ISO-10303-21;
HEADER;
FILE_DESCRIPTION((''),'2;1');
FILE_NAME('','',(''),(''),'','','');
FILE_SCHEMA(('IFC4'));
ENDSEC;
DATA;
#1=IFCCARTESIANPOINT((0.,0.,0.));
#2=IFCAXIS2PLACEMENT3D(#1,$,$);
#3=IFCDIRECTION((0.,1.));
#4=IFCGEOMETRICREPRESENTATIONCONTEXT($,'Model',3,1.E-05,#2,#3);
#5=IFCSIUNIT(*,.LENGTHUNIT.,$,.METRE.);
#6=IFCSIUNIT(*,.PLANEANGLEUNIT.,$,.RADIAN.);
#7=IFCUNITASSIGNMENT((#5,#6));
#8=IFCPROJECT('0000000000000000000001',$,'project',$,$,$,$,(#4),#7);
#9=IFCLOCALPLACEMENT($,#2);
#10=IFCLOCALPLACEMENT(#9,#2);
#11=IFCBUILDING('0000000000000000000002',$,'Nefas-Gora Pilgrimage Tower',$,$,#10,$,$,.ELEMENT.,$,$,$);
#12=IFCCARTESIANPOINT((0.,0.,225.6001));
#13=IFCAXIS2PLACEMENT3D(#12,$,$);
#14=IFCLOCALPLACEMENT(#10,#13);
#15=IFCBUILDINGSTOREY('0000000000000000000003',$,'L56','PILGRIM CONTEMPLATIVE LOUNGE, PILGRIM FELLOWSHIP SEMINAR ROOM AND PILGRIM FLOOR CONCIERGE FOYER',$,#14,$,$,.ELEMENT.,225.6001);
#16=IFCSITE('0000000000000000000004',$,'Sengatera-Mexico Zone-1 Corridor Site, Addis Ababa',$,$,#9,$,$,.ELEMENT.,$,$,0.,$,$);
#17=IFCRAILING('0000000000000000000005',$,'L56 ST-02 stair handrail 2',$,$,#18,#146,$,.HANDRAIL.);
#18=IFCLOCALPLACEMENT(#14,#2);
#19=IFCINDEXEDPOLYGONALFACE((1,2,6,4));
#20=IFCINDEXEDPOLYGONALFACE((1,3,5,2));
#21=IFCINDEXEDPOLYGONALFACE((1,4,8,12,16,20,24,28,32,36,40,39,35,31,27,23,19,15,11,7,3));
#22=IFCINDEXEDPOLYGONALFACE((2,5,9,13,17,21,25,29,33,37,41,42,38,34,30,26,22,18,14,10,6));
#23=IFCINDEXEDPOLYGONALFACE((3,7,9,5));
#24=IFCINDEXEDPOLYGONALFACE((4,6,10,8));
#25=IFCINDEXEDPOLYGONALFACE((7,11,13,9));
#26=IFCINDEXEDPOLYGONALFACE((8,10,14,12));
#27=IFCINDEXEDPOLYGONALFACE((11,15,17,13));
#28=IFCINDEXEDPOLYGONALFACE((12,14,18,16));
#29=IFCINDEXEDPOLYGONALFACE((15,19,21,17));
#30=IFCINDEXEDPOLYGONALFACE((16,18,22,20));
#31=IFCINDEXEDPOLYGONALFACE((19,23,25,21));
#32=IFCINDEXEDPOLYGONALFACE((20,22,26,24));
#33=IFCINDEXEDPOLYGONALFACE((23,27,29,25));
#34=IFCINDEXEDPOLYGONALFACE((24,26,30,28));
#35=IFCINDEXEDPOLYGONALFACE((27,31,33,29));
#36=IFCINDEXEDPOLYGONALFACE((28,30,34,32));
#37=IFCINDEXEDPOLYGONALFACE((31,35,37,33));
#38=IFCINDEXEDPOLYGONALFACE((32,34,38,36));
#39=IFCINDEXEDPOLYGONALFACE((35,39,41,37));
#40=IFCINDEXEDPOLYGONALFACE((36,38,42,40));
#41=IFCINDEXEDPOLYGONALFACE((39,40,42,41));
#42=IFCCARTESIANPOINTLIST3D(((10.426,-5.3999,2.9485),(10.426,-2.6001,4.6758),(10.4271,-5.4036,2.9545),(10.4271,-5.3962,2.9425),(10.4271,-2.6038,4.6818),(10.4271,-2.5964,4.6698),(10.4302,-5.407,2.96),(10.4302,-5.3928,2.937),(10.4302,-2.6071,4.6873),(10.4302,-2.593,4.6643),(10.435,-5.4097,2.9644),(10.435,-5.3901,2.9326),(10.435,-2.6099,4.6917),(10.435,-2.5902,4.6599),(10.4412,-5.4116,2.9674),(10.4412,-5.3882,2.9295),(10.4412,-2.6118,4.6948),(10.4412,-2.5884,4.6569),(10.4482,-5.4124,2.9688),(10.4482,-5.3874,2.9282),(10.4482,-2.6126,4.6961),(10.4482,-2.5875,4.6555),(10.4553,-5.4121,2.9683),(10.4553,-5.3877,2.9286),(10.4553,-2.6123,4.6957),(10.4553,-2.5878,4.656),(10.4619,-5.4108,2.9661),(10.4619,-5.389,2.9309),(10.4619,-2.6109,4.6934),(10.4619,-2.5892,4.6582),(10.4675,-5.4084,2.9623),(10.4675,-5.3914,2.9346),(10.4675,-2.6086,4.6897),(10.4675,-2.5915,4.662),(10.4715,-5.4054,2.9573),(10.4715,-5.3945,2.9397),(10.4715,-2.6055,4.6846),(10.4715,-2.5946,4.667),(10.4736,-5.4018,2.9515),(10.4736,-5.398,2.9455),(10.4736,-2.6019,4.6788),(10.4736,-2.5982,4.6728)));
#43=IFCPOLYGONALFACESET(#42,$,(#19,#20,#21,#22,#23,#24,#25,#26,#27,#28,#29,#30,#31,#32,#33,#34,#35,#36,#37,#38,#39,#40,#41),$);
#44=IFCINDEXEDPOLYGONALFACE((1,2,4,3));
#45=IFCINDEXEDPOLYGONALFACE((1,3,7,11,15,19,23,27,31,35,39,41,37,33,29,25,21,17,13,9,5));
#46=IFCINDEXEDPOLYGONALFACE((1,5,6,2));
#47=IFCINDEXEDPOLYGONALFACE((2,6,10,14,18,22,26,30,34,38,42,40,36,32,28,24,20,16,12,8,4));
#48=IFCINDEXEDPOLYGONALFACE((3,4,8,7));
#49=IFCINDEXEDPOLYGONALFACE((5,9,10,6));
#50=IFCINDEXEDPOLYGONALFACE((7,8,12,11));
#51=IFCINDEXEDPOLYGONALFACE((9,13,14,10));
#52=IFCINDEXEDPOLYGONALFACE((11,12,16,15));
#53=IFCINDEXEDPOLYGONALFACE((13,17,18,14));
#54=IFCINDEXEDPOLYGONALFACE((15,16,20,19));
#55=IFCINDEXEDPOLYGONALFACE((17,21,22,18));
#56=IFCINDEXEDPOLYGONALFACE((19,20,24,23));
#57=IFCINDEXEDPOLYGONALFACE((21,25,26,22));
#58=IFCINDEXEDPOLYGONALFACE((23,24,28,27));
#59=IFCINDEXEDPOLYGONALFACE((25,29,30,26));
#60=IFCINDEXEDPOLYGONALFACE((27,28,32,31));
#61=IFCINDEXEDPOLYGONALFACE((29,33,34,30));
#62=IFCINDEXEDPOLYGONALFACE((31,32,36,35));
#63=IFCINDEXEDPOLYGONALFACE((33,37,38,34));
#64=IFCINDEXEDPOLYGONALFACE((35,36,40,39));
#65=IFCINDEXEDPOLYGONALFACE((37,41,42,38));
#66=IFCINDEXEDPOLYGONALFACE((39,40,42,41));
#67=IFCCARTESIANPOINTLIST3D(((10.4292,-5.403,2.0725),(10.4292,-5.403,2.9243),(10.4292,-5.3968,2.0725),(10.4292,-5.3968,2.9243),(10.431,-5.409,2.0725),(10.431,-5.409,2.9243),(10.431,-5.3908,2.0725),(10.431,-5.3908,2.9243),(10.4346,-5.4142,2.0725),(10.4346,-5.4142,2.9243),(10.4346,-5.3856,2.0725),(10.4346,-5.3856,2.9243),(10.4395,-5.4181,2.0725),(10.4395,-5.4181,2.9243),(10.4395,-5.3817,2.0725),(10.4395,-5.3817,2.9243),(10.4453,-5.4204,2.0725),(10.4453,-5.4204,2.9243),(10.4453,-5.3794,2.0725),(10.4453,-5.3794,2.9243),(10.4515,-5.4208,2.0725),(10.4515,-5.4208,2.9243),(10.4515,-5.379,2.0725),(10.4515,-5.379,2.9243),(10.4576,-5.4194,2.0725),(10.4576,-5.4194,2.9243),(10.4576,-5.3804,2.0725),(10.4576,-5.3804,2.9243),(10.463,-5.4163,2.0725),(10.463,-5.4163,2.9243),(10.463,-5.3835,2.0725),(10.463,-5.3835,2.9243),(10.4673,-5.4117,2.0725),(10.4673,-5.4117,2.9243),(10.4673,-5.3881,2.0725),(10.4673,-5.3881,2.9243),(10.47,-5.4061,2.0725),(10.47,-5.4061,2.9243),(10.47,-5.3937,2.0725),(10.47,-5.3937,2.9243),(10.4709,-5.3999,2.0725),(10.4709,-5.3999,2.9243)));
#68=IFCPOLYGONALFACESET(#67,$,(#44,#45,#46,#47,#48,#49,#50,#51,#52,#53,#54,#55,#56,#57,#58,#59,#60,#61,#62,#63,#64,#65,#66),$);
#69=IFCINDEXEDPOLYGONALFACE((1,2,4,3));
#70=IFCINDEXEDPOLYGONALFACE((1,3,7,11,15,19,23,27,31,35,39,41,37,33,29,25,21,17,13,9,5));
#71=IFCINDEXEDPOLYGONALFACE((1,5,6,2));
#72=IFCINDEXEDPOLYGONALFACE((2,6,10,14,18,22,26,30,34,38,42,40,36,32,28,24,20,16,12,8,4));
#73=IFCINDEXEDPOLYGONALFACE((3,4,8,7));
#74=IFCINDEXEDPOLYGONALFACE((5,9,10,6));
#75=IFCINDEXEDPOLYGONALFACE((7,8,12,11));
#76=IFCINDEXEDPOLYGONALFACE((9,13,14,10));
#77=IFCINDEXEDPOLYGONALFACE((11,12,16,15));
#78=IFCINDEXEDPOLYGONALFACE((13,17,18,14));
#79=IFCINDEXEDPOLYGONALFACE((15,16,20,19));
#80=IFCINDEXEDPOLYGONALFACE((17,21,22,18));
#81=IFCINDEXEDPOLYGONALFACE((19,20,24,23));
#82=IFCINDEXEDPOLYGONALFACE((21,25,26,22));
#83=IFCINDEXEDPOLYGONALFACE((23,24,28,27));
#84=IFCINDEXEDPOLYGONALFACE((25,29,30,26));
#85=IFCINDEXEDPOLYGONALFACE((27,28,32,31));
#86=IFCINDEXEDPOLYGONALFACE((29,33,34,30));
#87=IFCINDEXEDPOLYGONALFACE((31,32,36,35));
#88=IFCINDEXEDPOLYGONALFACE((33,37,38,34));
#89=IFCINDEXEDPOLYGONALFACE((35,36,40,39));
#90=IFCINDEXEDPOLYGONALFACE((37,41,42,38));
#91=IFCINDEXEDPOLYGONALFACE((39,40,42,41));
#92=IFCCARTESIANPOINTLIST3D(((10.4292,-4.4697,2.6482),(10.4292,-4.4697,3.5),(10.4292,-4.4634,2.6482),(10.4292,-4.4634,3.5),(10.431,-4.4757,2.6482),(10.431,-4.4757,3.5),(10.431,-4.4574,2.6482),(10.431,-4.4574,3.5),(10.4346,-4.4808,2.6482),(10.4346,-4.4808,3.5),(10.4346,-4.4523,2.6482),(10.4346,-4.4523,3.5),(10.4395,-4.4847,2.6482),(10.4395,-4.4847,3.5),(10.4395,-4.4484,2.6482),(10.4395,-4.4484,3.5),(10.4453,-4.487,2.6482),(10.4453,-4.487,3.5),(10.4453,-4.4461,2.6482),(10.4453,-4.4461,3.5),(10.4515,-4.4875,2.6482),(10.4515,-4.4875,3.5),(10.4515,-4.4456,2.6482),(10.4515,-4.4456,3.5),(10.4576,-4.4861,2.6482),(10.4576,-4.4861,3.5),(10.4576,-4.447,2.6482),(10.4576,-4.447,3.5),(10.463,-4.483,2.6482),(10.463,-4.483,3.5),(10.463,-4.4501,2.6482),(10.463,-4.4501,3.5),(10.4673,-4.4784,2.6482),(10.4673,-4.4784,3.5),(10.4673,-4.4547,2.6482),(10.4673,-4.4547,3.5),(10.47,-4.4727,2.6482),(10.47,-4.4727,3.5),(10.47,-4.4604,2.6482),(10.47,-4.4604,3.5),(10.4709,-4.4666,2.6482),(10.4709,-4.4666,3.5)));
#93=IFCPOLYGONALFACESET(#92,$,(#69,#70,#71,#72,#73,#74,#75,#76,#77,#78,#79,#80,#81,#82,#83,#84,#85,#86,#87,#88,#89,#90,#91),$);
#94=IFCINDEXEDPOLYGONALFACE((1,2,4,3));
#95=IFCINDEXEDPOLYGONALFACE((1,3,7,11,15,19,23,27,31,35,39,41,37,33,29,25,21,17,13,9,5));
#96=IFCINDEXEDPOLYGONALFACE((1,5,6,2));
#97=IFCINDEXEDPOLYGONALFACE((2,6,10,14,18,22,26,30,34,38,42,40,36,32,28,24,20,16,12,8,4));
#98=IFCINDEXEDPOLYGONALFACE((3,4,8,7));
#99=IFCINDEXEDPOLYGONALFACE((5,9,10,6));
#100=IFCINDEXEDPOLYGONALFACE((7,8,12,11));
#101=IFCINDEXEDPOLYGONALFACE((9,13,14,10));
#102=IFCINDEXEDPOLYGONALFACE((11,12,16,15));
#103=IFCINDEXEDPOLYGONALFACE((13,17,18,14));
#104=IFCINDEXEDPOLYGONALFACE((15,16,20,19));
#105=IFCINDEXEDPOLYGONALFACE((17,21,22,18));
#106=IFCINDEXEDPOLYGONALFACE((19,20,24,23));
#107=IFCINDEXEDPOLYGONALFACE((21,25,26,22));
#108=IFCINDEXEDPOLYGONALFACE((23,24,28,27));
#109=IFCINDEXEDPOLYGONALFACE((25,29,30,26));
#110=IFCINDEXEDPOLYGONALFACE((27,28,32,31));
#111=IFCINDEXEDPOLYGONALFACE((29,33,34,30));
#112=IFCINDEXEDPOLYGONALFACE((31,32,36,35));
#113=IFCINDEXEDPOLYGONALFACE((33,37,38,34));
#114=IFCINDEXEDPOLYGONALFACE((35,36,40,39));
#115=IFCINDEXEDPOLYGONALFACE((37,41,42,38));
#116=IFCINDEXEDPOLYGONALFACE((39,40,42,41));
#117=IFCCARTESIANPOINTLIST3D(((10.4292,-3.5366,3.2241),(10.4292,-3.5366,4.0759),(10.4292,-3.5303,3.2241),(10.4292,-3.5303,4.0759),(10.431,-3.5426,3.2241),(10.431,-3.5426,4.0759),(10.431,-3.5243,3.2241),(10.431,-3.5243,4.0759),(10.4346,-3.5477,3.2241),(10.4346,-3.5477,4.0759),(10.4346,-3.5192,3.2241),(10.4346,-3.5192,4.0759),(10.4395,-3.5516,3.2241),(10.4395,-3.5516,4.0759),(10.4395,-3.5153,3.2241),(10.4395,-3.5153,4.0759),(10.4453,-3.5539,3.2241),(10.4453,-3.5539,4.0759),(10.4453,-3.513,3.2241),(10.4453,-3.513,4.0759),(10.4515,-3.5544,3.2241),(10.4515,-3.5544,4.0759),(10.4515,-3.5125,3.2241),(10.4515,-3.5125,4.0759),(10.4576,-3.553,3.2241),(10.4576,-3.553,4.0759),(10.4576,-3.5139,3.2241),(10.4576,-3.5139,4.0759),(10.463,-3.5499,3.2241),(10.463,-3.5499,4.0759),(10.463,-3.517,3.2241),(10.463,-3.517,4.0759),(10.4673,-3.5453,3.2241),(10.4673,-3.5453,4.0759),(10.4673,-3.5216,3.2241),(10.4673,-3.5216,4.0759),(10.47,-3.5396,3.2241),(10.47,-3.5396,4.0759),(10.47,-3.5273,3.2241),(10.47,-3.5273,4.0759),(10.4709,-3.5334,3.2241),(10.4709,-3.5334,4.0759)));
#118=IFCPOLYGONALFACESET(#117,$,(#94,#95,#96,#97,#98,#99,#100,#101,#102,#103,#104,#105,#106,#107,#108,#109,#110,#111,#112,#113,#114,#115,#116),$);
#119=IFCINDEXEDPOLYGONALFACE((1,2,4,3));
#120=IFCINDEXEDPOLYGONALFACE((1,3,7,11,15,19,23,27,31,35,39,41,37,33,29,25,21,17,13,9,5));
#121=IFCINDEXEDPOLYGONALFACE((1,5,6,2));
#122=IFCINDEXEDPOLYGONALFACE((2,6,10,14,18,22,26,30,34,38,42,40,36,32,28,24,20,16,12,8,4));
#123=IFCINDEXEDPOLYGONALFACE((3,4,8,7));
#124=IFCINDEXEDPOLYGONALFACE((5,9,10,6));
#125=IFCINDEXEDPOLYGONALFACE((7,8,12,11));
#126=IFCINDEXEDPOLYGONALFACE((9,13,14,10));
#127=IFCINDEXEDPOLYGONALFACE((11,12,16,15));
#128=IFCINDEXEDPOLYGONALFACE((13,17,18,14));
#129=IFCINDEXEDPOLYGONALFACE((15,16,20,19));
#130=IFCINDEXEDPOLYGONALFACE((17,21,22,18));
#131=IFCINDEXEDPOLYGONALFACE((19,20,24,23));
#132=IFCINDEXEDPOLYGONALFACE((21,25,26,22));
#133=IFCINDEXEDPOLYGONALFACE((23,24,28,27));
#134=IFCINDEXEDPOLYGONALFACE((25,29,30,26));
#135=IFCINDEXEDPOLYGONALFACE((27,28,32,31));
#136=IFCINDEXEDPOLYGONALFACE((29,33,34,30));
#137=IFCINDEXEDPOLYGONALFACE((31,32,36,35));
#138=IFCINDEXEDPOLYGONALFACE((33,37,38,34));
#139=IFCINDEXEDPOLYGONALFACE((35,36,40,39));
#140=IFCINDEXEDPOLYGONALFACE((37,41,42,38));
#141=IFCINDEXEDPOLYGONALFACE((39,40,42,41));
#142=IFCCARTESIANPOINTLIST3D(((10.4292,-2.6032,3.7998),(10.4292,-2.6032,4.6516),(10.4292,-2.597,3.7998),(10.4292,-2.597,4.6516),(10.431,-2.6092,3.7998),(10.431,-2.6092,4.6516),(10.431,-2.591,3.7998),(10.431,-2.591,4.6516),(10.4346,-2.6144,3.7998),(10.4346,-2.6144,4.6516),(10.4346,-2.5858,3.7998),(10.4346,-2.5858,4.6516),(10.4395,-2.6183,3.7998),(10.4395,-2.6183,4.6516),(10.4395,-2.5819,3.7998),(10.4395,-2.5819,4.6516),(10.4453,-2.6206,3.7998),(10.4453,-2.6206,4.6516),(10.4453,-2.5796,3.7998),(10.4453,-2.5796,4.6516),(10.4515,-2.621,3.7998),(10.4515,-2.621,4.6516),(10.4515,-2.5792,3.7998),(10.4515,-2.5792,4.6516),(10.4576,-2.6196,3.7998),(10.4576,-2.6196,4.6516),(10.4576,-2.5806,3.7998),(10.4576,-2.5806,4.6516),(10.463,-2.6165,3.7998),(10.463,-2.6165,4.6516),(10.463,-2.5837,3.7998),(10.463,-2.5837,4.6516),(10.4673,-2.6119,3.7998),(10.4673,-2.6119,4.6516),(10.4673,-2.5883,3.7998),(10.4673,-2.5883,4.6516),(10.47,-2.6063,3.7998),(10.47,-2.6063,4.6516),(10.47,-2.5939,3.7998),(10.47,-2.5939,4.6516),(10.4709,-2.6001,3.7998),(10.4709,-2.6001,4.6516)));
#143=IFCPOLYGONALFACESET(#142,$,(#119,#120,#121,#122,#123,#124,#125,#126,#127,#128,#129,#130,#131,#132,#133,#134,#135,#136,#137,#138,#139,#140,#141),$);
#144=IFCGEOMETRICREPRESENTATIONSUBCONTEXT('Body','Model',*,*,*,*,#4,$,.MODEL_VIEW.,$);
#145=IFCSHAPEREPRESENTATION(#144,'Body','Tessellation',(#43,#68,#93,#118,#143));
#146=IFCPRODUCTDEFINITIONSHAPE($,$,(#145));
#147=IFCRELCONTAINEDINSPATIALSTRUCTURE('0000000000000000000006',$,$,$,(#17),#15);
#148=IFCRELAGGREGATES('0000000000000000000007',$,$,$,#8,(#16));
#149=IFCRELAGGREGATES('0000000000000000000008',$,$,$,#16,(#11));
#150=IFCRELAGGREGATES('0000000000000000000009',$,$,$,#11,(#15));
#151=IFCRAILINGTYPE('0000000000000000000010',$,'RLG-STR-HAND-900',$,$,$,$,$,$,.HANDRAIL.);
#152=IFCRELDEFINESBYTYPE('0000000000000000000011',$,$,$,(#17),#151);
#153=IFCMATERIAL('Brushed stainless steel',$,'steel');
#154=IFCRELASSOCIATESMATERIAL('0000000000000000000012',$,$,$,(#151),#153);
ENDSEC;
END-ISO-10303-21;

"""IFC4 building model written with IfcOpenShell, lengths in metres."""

from ifc_helpers import new_model, si_unit, direction, frame, origin, origin_2d, place, context, subcontext, project, spatial, circle, extrude, material, type_object, element, save


model = new_model("IFC4")

# Units and contexts
model_context = context("Model", 3, precision=1e-05, world=origin(), true_north=direction((0.0, 1.0)))
body_context = subcontext(model_context, "Body", "Model", "MODEL_VIEW")
ifc_project = project(units=[si_unit("LENGTHUNIT", "METRE"), si_unit("PLANEANGLEUNIT", "RADIAN")], contexts=[model_context])

# Site, building, storey
site_placement = place(None, origin())
site = spatial("IfcSite", under=ifc_project, at=site_placement, Name="Sengatera-Mexico Zone-1 Corridor Site, Addis Ababa", CompositionType="ELEMENT", RefElevation=0.0)
building_placement = place(site_placement, origin())
building = spatial("IfcBuilding", under=site, at=building_placement, Name="Nefas-Gora Pilgrimage Tower", CompositionType="ELEMENT")
storey_placement = place(building_placement, frame((0.0, 0.0, 225.6001)))
storey = spatial("IfcBuildingStorey", under=building, at=storey_placement, Name="L56", Description="PILGRIM CONTEMPLATIVE LOUNGE, PILGRIM FELLOWSHIP SEMINAR ROOM AND PILGRIM FLOOR CONCIERGE FOYER", CompositionType="ELEMENT", Elevation=225.6001)

# Railing
ifc_material_1 = material(Name="Brushed stainless steel", Category="steel")
railing_type_1 = type_object("IfcRailingType", Name="RLG-STR-HAND-900", PredefinedType="HANDRAIL", material=ifc_material_1)
railing_1_placement = place(storey_placement, frame((10.45, -5.3999, 2.0725)))
element("IfcRailing", 1, at=railing_1_placement, inside=storey, type_object=railing_type_1, Name="L56 ST-02 stair handrail 2", PredefinedType="HANDRAIL", context=body_context, shape_type="SweptSolid", body=[
    extrude(circle(Radius=0.0239, at=origin_2d()), frame((0.0, 0.0, 0.876), z_axis=(0.0, 0.851069, 0.525054), x_axis=(-1.0, 0.0, 0.0)), (0.0, 0.0, 1.0), 3.2898),
    extrude(circle(Radius=0.021, at=origin_2d()), origin(), (0.0, 0.0, 1.0), 0.8518),
    extrude(circle(Radius=0.021, at=origin_2d()), frame((0.0, 0.9333, 0.5757)), (0.0, 0.0, 1.0), 0.8518),
    extrude(circle(Radius=0.021, at=origin_2d()), frame((0.0, 1.8665, 1.1516)), (0.0, 0.0, 1.0), 0.8518),
    extrude(circle(Radius=0.021, at=origin_2d()), frame((0.0, 2.7998, 1.7273)), (0.0, 0.0, 1.0), 0.8518),
])

save(model, "model.ifc")
